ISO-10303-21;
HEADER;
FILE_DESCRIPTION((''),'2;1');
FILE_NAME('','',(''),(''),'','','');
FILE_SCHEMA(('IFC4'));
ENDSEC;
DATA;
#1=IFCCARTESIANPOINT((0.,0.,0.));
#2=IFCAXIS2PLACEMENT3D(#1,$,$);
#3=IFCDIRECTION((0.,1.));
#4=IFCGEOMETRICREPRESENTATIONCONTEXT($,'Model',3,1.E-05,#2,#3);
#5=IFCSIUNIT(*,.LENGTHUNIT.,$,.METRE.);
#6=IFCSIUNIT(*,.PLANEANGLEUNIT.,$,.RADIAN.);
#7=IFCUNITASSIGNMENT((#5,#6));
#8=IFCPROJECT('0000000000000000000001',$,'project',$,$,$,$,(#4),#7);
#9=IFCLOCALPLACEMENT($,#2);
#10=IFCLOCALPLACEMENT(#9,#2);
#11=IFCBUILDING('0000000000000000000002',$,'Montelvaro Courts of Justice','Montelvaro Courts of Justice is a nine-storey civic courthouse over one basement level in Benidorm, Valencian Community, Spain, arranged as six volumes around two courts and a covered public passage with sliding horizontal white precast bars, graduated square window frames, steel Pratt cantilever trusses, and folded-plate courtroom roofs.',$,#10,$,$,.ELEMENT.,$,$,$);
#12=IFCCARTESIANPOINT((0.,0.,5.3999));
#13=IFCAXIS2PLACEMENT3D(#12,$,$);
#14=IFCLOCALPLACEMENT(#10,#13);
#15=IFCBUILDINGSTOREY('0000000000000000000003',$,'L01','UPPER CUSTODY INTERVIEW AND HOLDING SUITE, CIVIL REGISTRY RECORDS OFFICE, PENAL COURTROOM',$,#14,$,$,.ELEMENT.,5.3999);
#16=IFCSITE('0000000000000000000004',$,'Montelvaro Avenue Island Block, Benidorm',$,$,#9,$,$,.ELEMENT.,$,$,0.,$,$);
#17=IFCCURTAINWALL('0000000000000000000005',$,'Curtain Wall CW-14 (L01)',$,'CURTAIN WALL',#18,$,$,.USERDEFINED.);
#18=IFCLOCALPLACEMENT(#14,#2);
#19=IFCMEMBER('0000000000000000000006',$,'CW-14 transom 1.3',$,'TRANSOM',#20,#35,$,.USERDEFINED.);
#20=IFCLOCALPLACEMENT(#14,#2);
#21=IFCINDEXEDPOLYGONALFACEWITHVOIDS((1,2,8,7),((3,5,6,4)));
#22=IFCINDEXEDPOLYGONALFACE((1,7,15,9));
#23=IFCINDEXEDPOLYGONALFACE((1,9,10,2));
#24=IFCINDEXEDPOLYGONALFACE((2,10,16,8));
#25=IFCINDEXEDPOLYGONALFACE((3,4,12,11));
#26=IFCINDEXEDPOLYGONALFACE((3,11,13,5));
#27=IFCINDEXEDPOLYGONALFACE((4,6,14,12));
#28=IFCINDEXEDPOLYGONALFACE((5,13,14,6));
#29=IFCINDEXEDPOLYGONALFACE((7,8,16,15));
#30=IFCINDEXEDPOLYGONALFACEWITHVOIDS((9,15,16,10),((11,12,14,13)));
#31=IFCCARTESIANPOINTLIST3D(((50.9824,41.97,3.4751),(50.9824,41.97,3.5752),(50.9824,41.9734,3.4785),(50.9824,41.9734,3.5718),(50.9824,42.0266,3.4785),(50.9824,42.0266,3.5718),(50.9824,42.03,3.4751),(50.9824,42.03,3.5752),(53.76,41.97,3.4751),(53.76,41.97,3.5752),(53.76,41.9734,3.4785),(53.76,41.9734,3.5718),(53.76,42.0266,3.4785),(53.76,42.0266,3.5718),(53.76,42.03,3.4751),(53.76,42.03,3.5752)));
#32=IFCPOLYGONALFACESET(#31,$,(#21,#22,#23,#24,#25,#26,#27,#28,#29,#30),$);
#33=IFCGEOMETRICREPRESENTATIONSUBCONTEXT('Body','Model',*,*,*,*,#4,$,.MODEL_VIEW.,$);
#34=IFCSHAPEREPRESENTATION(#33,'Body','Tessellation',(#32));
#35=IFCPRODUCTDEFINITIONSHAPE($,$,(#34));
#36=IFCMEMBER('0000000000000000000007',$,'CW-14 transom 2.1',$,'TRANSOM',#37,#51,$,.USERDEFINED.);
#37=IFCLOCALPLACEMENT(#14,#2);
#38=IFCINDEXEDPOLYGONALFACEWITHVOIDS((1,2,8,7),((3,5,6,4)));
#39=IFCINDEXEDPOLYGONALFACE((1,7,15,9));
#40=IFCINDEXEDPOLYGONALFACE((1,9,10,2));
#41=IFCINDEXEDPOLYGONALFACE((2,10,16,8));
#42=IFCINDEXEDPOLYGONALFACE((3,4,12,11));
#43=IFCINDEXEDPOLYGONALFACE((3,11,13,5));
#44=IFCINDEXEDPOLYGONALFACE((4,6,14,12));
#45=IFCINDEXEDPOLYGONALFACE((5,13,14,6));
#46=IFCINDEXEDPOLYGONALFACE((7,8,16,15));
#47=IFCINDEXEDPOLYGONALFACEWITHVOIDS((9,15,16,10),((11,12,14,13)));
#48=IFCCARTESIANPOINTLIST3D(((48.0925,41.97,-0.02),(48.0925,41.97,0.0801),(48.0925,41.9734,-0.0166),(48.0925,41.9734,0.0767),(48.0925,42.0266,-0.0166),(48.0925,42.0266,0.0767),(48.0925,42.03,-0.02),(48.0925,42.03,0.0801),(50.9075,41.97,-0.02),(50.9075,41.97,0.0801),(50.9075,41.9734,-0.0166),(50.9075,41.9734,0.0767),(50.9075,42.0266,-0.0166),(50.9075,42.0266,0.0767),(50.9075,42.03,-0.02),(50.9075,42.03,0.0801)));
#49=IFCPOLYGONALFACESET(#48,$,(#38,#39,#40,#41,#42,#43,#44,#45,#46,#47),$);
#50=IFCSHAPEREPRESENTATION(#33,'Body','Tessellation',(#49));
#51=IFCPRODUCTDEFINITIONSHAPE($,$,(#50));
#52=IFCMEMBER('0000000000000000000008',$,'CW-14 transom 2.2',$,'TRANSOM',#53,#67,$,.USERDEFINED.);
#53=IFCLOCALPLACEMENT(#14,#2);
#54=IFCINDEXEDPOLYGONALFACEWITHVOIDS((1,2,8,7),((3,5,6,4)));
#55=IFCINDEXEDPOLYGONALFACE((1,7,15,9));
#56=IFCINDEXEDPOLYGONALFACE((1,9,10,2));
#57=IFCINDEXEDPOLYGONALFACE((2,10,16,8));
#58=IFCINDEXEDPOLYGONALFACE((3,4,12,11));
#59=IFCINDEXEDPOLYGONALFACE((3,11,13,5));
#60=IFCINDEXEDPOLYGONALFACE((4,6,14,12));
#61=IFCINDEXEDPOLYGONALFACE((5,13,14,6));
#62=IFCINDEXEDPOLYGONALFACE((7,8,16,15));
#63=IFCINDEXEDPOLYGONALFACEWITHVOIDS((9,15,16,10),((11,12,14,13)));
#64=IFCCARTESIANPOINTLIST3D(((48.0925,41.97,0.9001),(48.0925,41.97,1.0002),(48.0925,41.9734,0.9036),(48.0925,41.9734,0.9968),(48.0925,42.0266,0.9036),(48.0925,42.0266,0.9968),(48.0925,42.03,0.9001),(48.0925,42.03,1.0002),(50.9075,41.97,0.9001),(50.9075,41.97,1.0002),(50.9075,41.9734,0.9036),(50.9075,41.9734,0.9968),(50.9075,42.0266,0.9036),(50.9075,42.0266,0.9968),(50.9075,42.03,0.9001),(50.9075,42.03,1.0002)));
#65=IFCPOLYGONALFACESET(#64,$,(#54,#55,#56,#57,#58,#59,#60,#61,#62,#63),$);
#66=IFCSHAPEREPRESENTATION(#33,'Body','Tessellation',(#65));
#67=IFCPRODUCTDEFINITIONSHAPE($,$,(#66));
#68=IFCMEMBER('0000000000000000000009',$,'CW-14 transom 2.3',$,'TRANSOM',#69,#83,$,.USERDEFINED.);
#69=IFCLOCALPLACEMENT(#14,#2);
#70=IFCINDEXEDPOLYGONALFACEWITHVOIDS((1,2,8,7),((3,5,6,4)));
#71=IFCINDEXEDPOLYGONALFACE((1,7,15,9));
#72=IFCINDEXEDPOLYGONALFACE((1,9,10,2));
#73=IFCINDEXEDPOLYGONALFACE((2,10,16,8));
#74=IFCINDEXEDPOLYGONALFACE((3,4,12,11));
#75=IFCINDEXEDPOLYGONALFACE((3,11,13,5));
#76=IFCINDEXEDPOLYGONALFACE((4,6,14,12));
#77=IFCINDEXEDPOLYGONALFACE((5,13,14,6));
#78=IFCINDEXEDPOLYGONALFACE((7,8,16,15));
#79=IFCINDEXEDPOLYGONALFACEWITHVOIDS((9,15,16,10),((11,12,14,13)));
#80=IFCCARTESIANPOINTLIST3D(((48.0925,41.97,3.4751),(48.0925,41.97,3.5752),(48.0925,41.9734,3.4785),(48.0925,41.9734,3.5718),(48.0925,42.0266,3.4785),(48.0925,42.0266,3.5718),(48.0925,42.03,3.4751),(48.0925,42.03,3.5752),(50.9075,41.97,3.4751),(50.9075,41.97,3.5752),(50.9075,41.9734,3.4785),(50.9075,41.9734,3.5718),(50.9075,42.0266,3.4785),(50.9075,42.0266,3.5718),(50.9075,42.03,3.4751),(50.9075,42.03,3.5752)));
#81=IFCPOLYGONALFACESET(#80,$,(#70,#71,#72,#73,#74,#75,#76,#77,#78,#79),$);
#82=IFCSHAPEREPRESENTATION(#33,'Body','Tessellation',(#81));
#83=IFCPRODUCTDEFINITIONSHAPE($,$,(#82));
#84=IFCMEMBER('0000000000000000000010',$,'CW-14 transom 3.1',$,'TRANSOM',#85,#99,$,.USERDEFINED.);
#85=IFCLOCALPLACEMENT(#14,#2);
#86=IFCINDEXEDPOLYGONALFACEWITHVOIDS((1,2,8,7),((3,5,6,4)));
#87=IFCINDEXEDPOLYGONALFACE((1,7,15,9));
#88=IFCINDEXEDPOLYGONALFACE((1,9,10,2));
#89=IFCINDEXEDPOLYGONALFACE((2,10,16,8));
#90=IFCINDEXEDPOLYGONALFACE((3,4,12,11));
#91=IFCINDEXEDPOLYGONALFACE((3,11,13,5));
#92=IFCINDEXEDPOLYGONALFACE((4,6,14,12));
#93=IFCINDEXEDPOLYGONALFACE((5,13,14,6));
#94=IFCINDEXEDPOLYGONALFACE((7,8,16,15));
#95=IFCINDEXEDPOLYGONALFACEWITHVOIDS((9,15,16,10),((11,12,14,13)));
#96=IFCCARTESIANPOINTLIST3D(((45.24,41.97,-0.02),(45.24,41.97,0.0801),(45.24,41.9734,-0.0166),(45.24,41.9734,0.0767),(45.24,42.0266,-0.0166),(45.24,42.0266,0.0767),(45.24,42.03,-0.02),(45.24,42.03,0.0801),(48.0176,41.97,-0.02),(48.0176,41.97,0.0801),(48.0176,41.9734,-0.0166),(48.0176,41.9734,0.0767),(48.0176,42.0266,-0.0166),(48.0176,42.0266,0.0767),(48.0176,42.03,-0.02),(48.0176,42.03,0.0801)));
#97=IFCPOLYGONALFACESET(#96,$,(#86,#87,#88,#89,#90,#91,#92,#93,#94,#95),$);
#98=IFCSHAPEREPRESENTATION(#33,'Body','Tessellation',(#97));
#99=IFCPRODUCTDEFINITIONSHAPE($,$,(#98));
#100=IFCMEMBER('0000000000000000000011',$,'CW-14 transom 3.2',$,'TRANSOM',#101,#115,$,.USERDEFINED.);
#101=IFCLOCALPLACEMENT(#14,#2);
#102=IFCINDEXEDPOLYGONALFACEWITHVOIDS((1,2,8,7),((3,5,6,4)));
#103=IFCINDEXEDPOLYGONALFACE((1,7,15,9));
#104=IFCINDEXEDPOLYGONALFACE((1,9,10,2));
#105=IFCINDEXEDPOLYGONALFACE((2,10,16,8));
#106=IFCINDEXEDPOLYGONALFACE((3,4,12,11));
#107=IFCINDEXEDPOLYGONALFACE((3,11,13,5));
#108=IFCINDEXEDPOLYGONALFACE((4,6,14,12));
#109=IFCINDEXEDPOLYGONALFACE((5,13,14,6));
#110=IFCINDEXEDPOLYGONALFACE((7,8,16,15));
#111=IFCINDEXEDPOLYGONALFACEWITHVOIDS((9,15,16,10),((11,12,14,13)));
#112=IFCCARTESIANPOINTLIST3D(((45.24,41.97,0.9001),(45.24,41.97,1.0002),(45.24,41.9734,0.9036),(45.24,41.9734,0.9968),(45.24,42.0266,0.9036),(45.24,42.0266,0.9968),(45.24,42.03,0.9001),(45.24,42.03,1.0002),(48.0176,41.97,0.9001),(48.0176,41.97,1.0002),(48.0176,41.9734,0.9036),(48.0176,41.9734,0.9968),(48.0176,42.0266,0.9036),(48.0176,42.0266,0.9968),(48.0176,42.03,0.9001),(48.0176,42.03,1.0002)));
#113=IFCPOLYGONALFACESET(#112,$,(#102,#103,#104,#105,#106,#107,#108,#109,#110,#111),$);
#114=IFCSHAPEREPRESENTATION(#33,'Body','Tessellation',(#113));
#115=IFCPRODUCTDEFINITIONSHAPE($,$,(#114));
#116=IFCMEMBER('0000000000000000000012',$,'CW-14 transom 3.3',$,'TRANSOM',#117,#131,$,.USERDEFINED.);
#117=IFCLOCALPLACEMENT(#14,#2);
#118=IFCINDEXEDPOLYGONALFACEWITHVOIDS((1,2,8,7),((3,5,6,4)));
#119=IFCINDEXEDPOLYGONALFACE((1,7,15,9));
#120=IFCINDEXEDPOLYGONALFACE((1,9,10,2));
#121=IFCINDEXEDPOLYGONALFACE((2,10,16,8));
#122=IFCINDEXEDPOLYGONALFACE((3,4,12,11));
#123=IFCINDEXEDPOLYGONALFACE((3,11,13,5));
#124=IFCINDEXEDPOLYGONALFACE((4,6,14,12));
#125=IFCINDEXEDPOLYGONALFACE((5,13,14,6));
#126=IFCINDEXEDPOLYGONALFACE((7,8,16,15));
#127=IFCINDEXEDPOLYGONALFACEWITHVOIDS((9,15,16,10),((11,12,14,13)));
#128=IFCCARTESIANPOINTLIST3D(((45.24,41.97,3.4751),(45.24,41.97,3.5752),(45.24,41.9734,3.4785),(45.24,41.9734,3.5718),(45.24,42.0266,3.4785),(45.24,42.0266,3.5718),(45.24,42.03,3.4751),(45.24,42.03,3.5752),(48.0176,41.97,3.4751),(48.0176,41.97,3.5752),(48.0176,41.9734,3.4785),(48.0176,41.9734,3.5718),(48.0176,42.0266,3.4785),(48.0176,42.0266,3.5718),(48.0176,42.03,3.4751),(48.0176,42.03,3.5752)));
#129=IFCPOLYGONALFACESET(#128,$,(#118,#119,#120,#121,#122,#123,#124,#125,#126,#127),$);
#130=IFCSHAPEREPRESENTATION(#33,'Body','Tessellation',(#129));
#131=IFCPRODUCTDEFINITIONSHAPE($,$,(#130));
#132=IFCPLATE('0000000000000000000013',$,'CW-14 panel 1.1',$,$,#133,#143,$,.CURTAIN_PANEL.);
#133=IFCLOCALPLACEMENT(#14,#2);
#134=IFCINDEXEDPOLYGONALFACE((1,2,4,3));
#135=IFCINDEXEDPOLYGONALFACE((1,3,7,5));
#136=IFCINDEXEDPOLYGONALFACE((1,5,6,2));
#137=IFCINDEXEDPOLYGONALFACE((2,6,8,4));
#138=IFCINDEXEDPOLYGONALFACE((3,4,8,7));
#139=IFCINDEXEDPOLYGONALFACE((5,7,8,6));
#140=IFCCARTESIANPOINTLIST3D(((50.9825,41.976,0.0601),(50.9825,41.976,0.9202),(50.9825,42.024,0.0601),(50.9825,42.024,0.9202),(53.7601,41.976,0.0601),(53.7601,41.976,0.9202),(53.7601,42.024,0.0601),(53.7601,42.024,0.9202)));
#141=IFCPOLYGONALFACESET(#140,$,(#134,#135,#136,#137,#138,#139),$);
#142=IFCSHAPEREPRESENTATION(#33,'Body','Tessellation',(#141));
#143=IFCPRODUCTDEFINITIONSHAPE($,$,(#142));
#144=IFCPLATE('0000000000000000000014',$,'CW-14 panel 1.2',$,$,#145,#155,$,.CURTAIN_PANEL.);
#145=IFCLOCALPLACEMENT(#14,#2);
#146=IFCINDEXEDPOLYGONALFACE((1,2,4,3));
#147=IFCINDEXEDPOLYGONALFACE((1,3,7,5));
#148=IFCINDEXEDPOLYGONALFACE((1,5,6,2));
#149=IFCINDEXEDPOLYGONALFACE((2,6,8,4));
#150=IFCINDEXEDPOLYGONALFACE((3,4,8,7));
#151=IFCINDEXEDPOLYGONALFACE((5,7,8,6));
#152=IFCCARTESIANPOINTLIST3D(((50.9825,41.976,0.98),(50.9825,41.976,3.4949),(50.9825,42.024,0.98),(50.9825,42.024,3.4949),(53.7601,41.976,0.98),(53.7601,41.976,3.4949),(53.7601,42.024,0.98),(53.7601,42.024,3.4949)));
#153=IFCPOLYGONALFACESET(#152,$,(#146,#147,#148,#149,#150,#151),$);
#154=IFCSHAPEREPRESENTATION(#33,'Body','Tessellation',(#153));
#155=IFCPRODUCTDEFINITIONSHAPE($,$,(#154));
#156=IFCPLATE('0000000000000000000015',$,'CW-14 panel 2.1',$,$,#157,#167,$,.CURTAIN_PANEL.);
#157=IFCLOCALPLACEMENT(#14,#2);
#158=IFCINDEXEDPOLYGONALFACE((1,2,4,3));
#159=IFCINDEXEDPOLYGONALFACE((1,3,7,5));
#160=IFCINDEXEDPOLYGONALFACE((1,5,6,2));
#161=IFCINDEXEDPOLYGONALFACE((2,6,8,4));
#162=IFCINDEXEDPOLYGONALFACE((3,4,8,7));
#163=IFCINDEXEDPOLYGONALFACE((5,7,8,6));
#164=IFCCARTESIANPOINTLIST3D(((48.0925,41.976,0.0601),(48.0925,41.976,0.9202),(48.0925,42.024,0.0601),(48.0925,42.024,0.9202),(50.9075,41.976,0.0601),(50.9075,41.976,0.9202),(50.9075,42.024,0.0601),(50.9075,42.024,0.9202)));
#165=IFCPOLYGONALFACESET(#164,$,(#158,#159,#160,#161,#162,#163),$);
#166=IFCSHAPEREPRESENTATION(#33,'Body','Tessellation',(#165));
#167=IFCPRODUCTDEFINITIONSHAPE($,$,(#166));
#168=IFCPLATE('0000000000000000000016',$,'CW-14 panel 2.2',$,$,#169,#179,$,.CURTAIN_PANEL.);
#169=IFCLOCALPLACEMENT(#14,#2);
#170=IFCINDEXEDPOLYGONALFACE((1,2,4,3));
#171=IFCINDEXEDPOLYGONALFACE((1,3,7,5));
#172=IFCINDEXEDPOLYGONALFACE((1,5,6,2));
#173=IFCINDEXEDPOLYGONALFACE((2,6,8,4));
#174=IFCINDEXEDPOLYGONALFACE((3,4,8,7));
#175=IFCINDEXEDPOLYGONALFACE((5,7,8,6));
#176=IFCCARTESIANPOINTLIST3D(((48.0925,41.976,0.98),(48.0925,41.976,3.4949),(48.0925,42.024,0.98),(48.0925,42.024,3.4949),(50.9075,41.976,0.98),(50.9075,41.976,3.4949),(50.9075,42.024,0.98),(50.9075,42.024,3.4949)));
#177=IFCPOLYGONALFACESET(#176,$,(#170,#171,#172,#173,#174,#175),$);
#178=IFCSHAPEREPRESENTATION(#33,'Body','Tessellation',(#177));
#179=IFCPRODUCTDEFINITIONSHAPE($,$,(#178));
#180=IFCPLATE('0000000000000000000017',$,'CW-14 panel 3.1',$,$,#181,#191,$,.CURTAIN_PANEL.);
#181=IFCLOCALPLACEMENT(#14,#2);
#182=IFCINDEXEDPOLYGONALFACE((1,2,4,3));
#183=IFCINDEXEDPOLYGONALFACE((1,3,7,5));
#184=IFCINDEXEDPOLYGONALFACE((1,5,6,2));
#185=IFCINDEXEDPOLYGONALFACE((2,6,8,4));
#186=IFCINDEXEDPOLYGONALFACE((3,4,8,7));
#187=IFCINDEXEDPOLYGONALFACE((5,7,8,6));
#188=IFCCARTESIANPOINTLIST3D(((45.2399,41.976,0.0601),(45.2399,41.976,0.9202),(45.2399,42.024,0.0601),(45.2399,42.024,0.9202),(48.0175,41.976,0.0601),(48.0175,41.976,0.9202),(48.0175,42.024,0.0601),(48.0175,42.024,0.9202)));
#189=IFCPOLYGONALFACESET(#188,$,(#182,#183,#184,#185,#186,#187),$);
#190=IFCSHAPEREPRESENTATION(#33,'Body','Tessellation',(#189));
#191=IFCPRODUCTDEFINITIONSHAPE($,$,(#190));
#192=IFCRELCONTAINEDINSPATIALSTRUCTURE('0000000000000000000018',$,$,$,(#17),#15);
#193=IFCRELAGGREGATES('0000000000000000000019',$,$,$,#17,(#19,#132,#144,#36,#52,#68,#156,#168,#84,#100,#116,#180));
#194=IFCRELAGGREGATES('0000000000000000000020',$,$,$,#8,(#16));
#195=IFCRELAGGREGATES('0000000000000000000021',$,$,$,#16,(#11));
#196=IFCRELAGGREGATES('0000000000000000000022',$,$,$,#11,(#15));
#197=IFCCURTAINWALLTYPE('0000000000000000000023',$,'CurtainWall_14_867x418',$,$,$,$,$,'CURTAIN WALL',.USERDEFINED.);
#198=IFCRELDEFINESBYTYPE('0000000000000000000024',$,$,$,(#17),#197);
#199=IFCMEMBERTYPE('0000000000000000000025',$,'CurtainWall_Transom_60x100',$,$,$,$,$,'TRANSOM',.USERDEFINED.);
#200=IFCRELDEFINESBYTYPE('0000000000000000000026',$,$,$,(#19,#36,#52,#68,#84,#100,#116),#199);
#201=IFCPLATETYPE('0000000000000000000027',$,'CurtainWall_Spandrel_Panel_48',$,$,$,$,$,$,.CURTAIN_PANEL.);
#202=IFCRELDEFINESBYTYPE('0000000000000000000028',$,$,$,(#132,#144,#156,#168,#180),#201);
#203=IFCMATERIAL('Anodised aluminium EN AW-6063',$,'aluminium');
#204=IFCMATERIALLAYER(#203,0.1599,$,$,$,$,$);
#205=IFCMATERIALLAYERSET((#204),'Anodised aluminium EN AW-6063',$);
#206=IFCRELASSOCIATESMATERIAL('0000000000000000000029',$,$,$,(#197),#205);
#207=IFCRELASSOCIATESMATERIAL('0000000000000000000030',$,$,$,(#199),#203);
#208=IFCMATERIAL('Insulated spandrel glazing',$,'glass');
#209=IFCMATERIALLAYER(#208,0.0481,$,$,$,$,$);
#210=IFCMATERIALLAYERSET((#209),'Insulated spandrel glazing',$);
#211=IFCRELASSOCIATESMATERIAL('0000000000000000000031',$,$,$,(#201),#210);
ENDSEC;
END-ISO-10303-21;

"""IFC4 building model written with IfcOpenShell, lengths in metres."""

from ifc_helpers import new_model, si_unit, direction, frame, origin, origin_2d, place, context, subcontext, project, spatial, rectangle, hollow_rectangle, extrude, material, layer, layer_set, material_profile, profile_set, type_object, element, aggregate, save


model = new_model("IFC4")

# Units and contexts
model_context = context("Model", 3, precision=1e-05, world=origin(), true_north=direction((0.0, 1.0)))
body_context = subcontext(model_context, "Body", "Model", "MODEL_VIEW")
ifc_project = project(units=[si_unit("LENGTHUNIT", "METRE"), si_unit("PLANEANGLEUNIT", "RADIAN")], contexts=[model_context])

# Site, building, storey
site_placement = place(None, origin())
site = spatial("IfcSite", under=ifc_project, at=site_placement, Name="Montelvaro Avenue Island Block, Benidorm", CompositionType="ELEMENT", RefElevation=0.0)
building_placement = place(site_placement, origin())
building = spatial("IfcBuilding", under=site, at=building_placement, Name="Montelvaro Courts of Justice", Description="Montelvaro Courts of Justice is a nine-storey civic courthouse over one basement level in Benidorm, Valencian Community, Spain, arranged as six volumes around two courts and a covered public passage with sliding horizontal white precast bars, graduated square window frames, steel Pratt cantilever trusses, and folded-plate courtroom roofs.", CompositionType="ELEMENT")
storey_placement = place(building_placement, frame((0.0, 0.0, 5.3999)))
storey = spatial("IfcBuildingStorey", under=building, at=storey_placement, Name="L01", Description="UPPER CUSTODY INTERVIEW AND HOLDING SUITE, CIVIL REGISTRY RECORDS OFFICE, PENAL COURTROOM", CompositionType="ELEMENT", Elevation=5.3999)

# Curtain wall, members, plates
ifc_material_1 = material(Name="Anodised aluminium EN AW-6063", Category="aluminium")
ifc_layer_1 = layer(ifc_material_1, 0.1599)
ifc_layer_set_1 = layer_set([ifc_layer_1], Name="Anodised aluminium EN AW-6063")
curtain_wall_type = type_object("IfcCurtainWallType", Name="CurtainWall_14_867x418", ElementType="CURTAIN WALL", PredefinedType="USERDEFINED", material=ifc_layer_set_1)
curtain_wall_placement = place(storey_placement, origin())
curtain_wall = element("IfcCurtainWall", 1, at=curtain_wall_placement, inside=storey, type_object=curtain_wall_type, Name="Curtain Wall CW-14 (L01)", ObjectType="CURTAIN WALL", PredefinedType="USERDEFINED")
ifc_material_profile_1 = material_profile(ifc_material_1, hollow_rectangle(XDim=0.0601, YDim=0.1001, WallThickness=0.0034, at=origin_2d()), Name="ALU-T 60x100")
ifc_profile_set_1 = profile_set([ifc_material_profile_1], Name="Anodised aluminium EN AW-6063")
member_type_1 = type_object("IfcMemberType", Name="CurtainWall_Transom_60x100", ElementType="TRANSOM", PredefinedType="USERDEFINED", material=ifc_profile_set_1)
member_1_placement = place(storey_placement, frame((53.76, 42.0, 3.5251), z_axis=(-1.0, 0.0, 0.0), x_axis=(0.0, -1.0, 0.0)))
member_1 = element("IfcMember", 2, at=member_1_placement, type_object=member_type_1, Name="CW-14 transom 1.3", ObjectType="TRANSOM", PredefinedType="USERDEFINED", context=body_context, shape_type="SweptSolid", body=[
    extrude(hollow_rectangle(XDim=0.0601, YDim=0.1001, WallThickness=0.0034, at=origin_2d()), origin(), (0.0, 0.0, 1.0), 2.7776),
])
member_2_placement = place(storey_placement, frame((50.9075, 42.0, 0.03), z_axis=(-1.0, 0.0, 0.0), x_axis=(0.0, -1.0, 0.0)))
member_2 = element("IfcMember", 3, at=member_2_placement, type_object=member_type_1, Name="CW-14 transom 2.1", ObjectType="TRANSOM", PredefinedType="USERDEFINED", context=body_context, shape_type="SweptSolid", body=[
    extrude(hollow_rectangle(XDim=0.0601, YDim=0.1001, WallThickness=0.0034, at=origin_2d()), origin(), (0.0, 0.0, 1.0), 2.8149),
])
member_3_placement = place(storey_placement, frame((50.9075, 42.0, 0.9502), z_axis=(-1.0, 0.0, 0.0), x_axis=(0.0, -1.0, 0.0)))
member_3 = element("IfcMember", 4, at=member_3_placement, type_object=member_type_1, Name="CW-14 transom 2.2", ObjectType="TRANSOM", PredefinedType="USERDEFINED", context=body_context, shape_type="SweptSolid", body=[
    extrude(hollow_rectangle(XDim=0.0601, YDim=0.1001, WallThickness=0.0034, at=origin_2d()), origin(), (0.0, 0.0, 1.0), 2.8149),
])
member_4_placement = place(storey_placement, frame((50.9075, 42.0, 3.5251), z_axis=(-1.0, 0.0, 0.0), x_axis=(0.0, -1.0, 0.0)))
member_4 = element("IfcMember", 5, at=member_4_placement, type_object=member_type_1, Name="CW-14 transom 2.3", ObjectType="TRANSOM", PredefinedType="USERDEFINED", context=body_context, shape_type="SweptSolid", body=[
    extrude(hollow_rectangle(XDim=0.0601, YDim=0.1001, WallThickness=0.0034, at=origin_2d()), origin(), (0.0, 0.0, 1.0), 2.8149),
])
member_5_placement = place(storey_placement, frame((48.0176, 42.0, 0.03), z_axis=(-1.0, 0.0, 0.0), x_axis=(0.0, -1.0, 0.0)))
member_5 = element("IfcMember", 6, at=member_5_placement, type_object=member_type_1, Name="CW-14 transom 3.1", ObjectType="TRANSOM", PredefinedType="USERDEFINED", context=body_context, shape_type="SweptSolid", body=[
    extrude(hollow_rectangle(XDim=0.0601, YDim=0.1001, WallThickness=0.0034, at=origin_2d()), origin(), (0.0, 0.0, 1.0), 2.7776),
])
member_6_placement = place(storey_placement, frame((48.0176, 42.0, 0.9502), z_axis=(-1.0, 0.0, 0.0), x_axis=(0.0, -1.0, 0.0)))
member_6 = element("IfcMember", 7, at=member_6_placement, type_object=member_type_1, Name="CW-14 transom 3.2", ObjectType="TRANSOM", PredefinedType="USERDEFINED", context=body_context, shape_type="SweptSolid", body=[
    extrude(hollow_rectangle(XDim=0.0601, YDim=0.1001, WallThickness=0.0034, at=origin_2d()), origin(), (0.0, 0.0, 1.0), 2.7776),
])
member_7_placement = place(storey_placement, frame((48.0176, 42.0, 3.5251), z_axis=(-1.0, 0.0, 0.0), x_axis=(0.0, -1.0, 0.0)))
member_7 = element("IfcMember", 8, at=member_7_placement, type_object=member_type_1, Name="CW-14 transom 3.3", ObjectType="TRANSOM", PredefinedType="USERDEFINED", context=body_context, shape_type="SweptSolid", body=[
    extrude(hollow_rectangle(XDim=0.0601, YDim=0.1001, WallThickness=0.0034, at=origin_2d()), origin(), (0.0, 0.0, 1.0), 2.7776),
])
ifc_material_2 = material(Name="Insulated spandrel glazing", Category="glass")
ifc_layer_2 = layer(ifc_material_2, 0.0481)
ifc_layer_set_2 = layer_set([ifc_layer_2], Name="Insulated spandrel glazing")
plate_type = type_object("IfcPlateType", Name="CurtainWall_Spandrel_Panel_48", PredefinedType="CURTAIN_PANEL", material=ifc_layer_set_2)
plate_1_placement = place(storey_placement, frame((52.3713, 42.0, 0.0601), z_axis=(0.0, 0.0, 1.0), x_axis=(-1.0, 0.0, 0.0)))
plate_1 = element("IfcPlate", 9, at=plate_1_placement, type_object=plate_type, Name="CW-14 panel 1.1", PredefinedType="CURTAIN_PANEL", context=body_context, shape_type="SweptSolid", body=[
    extrude(rectangle(XDim=2.7776, YDim=0.0481, at=origin_2d()), origin(), (0.0, 0.0, 1.0), 0.8601),
])
plate_2_placement = place(storey_placement, frame((52.3713, 42.0, 0.98), z_axis=(0.0, 0.0, 1.0), x_axis=(-1.0, 0.0, 0.0)))
plate_2 = element("IfcPlate", 10, at=plate_2_placement, type_object=plate_type, Name="CW-14 panel 1.2", PredefinedType="CURTAIN_PANEL", context=body_context, shape_type="SweptSolid", body=[
    extrude(rectangle(XDim=2.7776, YDim=0.0481, at=origin_2d()), origin(), (0.0, 0.0, 1.0), 2.5149),
])
plate_3_placement = place(storey_placement, frame((49.5, 42.0, 0.0601), z_axis=(0.0, 0.0, 1.0), x_axis=(-1.0, 0.0, 0.0)))
plate_3 = element("IfcPlate", 11, at=plate_3_placement, type_object=plate_type, Name="CW-14 panel 2.1", PredefinedType="CURTAIN_PANEL", context=body_context, shape_type="SweptSolid", body=[
    extrude(rectangle(XDim=2.8149, YDim=0.0481, at=origin_2d()), origin(), (0.0, 0.0, 1.0), 0.8601),
])
plate_4_placement = place(storey_placement, frame((49.5, 42.0, 0.98), z_axis=(0.0, 0.0, 1.0), x_axis=(-1.0, 0.0, 0.0)))
plate_4 = element("IfcPlate", 12, at=plate_4_placement, type_object=plate_type, Name="CW-14 panel 2.2", PredefinedType="CURTAIN_PANEL", context=body_context, shape_type="SweptSolid", body=[
    extrude(rectangle(XDim=2.8149, YDim=0.0481, at=origin_2d()), origin(), (0.0, 0.0, 1.0), 2.5149),
])
plate_5_placement = place(storey_placement, frame((46.6287, 42.0, 0.0601), z_axis=(0.0, 0.0, 1.0), x_axis=(-1.0, 0.0, 0.0)))
plate_5 = element("IfcPlate", 13, at=plate_5_placement, type_object=plate_type, Name="CW-14 panel 3.1", PredefinedType="CURTAIN_PANEL", context=body_context, shape_type="SweptSolid", body=[
    extrude(rectangle(XDim=2.7776, YDim=0.0481, at=origin_2d()), origin(), (0.0, 0.0, 1.0), 0.8601),
])
aggregate(curtain_wall, [member_1, plate_1, plate_2, member_2, member_3, member_4, plate_3, plate_4, member_5, member_6, member_7, plate_5])

save(model, "model.ifc")
